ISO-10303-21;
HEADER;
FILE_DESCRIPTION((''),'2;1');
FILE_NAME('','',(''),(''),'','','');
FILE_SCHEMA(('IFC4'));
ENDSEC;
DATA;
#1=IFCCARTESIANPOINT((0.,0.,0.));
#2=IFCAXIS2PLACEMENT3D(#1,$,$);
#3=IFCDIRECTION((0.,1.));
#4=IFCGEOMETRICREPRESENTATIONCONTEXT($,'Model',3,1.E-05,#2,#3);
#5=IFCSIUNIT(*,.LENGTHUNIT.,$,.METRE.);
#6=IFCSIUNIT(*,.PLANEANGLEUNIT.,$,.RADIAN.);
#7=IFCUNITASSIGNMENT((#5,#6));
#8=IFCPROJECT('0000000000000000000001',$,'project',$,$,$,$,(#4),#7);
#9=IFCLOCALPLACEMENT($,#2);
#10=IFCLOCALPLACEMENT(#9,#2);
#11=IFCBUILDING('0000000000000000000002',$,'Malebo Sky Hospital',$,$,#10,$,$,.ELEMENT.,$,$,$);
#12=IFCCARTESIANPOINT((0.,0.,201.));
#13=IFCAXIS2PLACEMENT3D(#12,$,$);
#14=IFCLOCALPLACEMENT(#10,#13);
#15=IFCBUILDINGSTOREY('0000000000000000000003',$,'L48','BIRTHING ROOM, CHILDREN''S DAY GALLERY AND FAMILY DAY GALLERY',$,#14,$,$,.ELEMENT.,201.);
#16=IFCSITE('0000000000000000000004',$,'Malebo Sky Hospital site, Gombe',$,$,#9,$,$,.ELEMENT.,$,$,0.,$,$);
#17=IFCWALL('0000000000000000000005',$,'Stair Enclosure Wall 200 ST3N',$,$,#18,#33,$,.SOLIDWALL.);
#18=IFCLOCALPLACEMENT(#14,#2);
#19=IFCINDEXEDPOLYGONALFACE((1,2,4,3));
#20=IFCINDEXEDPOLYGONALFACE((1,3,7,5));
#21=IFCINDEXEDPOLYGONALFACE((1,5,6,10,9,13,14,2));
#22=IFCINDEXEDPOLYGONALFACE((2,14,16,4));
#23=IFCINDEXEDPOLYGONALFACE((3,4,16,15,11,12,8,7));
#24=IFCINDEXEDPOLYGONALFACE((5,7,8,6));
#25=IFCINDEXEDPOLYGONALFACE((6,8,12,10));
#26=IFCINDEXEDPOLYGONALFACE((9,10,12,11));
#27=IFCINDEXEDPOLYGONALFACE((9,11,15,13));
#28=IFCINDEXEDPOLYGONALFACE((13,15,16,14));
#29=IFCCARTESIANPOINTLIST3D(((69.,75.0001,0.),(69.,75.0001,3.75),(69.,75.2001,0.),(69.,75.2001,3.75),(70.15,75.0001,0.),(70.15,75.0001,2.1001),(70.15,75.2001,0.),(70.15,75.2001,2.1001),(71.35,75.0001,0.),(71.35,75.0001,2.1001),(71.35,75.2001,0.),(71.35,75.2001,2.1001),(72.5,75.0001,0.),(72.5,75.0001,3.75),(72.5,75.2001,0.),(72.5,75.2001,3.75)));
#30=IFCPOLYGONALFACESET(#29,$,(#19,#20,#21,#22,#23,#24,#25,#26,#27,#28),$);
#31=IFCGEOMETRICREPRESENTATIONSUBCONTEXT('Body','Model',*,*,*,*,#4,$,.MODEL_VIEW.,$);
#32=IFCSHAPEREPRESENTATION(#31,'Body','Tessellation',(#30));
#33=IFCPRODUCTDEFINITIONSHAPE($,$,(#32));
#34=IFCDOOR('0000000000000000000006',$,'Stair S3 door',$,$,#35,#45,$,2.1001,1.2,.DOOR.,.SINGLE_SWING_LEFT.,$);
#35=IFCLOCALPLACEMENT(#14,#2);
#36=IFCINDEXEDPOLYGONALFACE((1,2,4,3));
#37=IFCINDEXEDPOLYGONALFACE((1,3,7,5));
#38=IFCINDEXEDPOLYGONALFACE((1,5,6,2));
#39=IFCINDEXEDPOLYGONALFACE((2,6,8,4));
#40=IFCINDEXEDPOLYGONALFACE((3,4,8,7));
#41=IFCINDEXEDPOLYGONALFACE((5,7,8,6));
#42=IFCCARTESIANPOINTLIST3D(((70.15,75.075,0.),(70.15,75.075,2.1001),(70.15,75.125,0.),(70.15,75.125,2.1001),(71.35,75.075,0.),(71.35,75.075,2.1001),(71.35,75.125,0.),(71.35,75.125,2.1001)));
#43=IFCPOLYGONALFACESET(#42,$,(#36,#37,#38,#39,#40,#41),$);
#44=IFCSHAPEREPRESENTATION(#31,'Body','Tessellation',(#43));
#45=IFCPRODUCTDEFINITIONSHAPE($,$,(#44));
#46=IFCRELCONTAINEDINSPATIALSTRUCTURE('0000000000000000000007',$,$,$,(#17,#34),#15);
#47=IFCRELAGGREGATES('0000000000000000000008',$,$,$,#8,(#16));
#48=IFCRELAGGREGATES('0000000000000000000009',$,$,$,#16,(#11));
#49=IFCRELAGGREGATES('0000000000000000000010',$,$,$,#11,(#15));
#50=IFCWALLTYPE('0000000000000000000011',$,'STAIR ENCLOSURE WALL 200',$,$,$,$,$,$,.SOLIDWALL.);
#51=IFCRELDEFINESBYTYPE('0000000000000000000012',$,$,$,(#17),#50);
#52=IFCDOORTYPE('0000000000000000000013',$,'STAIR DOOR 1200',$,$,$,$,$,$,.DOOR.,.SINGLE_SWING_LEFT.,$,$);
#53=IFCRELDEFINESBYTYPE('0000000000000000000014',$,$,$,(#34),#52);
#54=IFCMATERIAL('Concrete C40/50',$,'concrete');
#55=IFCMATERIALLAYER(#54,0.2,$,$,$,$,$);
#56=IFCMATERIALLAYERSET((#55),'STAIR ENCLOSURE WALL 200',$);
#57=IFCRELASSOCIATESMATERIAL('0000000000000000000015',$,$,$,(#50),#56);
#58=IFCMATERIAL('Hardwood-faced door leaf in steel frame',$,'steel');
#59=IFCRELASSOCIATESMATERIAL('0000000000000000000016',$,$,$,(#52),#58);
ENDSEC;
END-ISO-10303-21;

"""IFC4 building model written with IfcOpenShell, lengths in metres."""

from ifc_helpers import new_model, si_unit, direction, frame, frame_2d, origin, place, context, subcontext, project, spatial, rectangle, extrude, material, layer, layer_set, type_object, element, fill, save


model = new_model("IFC4")

# Units and contexts
model_context = context("Model", 3, precision=1e-05, world=origin(), true_north=direction((0.0, 1.0)))
body_context = subcontext(model_context, "Body", "Model", "MODEL_VIEW")
ifc_project = project(units=[si_unit("LENGTHUNIT", "METRE"), si_unit("PLANEANGLEUNIT", "RADIAN")], contexts=[model_context])

# Site, building, storey
site_placement = place(None, origin())
site = spatial("IfcSite", under=ifc_project, at=site_placement, Name="Malebo Sky Hospital site, Gombe", CompositionType="ELEMENT", RefElevation=0.0)
building_placement = place(site_placement, origin())
building = spatial("IfcBuilding", under=site, at=building_placement, Name="Malebo Sky Hospital", CompositionType="ELEMENT")
storey_placement = place(building_placement, frame((0.0, 0.0, 201.0)))
storey = spatial("IfcBuildingStorey", under=building, at=storey_placement, Name="L48", Description="BIRTHING ROOM, CHILDREN'S DAY GALLERY AND FAMILY DAY GALLERY", CompositionType="ELEMENT", Elevation=201.0)

# Shared definitions
ifc_material_1 = material(Name="Hardwood-faced door leaf in steel frame", Category="steel")

# Wall, opening, door
ifc_material_2 = material(Name="Concrete C40/50", Category="concrete")
ifc_layer_1 = layer(ifc_material_2, 0.2)
ifc_layer_set_1 = layer_set([ifc_layer_1], Name="STAIR ENCLOSURE WALL 200")
wall_type_1 = type_object("IfcWallType", Name="STAIR ENCLOSURE WALL 200", PredefinedType="SOLIDWALL", material=ifc_layer_set_1)
wall_1_placement = place(storey_placement, frame((69.0, 75.1001, 0.0), z_axis=(0.0, 0.0, 1.0), x_axis=(1.0, 0.0, 0.0)))
wall_1 = element("IfcWall", 1, at=wall_1_placement, inside=storey, type_object=wall_type_1, Name="Stair Enclosure Wall 200 ST3N", PredefinedType="SOLIDWALL", context=body_context, shape_type="SweptSolid", body=[
    extrude(rectangle(XDim=3.5, YDim=0.2, at=frame_2d((1.75, 0.0))), origin(), (0.0, 0.0, 1.0), 3.75),
])
opening_1_placement = place(wall_1_placement, frame((1.1499, 0.0, 0.0)))
opening_1 = element("IfcOpeningElement", 2, at=opening_1_placement, cuts=wall_1, PredefinedType="OPENING", context=body_context, shape_type="SweptSolid", body=[
    extrude(rectangle(XDim=1.2, YDim=2.1001, at=frame_2d((0.6001, 1.05))), frame((0.0, 0.1099, 0.0), z_axis=(0.0, -1.0, 0.0), x_axis=(1.0, 0.0, 0.0)), (0.0, 0.0, 1.0), 0.22),
])
door_type_1 = type_object("IfcDoorType", Name="STAIR DOOR 1200", OperationType="SINGLE_SWING_LEFT", PredefinedType="DOOR", material=ifc_material_1)
door_1_placement = place(opening_1_placement, origin())
door_1 = element("IfcDoor", 3, at=door_1_placement, inside=storey, type_object=door_type_1, Name="Stair S3 door", OperationType="SINGLE_SWING_LEFT", OverallHeight=2.1001, OverallWidth=1.2, PredefinedType="DOOR", context=body_context, shape_type="SweptSolid", body=[
    extrude(rectangle(XDim=1.2, YDim=2.1001, at=frame_2d((0.6001, 1.05))), frame((0.0, 0.0249, 0.0), z_axis=(0.0, -1.0, 0.0), x_axis=(1.0, 0.0, 0.0)), (0.0, 0.0, 1.0), 0.05),
])
fill(opening_1, door_1)

save(model, "model.ifc")
